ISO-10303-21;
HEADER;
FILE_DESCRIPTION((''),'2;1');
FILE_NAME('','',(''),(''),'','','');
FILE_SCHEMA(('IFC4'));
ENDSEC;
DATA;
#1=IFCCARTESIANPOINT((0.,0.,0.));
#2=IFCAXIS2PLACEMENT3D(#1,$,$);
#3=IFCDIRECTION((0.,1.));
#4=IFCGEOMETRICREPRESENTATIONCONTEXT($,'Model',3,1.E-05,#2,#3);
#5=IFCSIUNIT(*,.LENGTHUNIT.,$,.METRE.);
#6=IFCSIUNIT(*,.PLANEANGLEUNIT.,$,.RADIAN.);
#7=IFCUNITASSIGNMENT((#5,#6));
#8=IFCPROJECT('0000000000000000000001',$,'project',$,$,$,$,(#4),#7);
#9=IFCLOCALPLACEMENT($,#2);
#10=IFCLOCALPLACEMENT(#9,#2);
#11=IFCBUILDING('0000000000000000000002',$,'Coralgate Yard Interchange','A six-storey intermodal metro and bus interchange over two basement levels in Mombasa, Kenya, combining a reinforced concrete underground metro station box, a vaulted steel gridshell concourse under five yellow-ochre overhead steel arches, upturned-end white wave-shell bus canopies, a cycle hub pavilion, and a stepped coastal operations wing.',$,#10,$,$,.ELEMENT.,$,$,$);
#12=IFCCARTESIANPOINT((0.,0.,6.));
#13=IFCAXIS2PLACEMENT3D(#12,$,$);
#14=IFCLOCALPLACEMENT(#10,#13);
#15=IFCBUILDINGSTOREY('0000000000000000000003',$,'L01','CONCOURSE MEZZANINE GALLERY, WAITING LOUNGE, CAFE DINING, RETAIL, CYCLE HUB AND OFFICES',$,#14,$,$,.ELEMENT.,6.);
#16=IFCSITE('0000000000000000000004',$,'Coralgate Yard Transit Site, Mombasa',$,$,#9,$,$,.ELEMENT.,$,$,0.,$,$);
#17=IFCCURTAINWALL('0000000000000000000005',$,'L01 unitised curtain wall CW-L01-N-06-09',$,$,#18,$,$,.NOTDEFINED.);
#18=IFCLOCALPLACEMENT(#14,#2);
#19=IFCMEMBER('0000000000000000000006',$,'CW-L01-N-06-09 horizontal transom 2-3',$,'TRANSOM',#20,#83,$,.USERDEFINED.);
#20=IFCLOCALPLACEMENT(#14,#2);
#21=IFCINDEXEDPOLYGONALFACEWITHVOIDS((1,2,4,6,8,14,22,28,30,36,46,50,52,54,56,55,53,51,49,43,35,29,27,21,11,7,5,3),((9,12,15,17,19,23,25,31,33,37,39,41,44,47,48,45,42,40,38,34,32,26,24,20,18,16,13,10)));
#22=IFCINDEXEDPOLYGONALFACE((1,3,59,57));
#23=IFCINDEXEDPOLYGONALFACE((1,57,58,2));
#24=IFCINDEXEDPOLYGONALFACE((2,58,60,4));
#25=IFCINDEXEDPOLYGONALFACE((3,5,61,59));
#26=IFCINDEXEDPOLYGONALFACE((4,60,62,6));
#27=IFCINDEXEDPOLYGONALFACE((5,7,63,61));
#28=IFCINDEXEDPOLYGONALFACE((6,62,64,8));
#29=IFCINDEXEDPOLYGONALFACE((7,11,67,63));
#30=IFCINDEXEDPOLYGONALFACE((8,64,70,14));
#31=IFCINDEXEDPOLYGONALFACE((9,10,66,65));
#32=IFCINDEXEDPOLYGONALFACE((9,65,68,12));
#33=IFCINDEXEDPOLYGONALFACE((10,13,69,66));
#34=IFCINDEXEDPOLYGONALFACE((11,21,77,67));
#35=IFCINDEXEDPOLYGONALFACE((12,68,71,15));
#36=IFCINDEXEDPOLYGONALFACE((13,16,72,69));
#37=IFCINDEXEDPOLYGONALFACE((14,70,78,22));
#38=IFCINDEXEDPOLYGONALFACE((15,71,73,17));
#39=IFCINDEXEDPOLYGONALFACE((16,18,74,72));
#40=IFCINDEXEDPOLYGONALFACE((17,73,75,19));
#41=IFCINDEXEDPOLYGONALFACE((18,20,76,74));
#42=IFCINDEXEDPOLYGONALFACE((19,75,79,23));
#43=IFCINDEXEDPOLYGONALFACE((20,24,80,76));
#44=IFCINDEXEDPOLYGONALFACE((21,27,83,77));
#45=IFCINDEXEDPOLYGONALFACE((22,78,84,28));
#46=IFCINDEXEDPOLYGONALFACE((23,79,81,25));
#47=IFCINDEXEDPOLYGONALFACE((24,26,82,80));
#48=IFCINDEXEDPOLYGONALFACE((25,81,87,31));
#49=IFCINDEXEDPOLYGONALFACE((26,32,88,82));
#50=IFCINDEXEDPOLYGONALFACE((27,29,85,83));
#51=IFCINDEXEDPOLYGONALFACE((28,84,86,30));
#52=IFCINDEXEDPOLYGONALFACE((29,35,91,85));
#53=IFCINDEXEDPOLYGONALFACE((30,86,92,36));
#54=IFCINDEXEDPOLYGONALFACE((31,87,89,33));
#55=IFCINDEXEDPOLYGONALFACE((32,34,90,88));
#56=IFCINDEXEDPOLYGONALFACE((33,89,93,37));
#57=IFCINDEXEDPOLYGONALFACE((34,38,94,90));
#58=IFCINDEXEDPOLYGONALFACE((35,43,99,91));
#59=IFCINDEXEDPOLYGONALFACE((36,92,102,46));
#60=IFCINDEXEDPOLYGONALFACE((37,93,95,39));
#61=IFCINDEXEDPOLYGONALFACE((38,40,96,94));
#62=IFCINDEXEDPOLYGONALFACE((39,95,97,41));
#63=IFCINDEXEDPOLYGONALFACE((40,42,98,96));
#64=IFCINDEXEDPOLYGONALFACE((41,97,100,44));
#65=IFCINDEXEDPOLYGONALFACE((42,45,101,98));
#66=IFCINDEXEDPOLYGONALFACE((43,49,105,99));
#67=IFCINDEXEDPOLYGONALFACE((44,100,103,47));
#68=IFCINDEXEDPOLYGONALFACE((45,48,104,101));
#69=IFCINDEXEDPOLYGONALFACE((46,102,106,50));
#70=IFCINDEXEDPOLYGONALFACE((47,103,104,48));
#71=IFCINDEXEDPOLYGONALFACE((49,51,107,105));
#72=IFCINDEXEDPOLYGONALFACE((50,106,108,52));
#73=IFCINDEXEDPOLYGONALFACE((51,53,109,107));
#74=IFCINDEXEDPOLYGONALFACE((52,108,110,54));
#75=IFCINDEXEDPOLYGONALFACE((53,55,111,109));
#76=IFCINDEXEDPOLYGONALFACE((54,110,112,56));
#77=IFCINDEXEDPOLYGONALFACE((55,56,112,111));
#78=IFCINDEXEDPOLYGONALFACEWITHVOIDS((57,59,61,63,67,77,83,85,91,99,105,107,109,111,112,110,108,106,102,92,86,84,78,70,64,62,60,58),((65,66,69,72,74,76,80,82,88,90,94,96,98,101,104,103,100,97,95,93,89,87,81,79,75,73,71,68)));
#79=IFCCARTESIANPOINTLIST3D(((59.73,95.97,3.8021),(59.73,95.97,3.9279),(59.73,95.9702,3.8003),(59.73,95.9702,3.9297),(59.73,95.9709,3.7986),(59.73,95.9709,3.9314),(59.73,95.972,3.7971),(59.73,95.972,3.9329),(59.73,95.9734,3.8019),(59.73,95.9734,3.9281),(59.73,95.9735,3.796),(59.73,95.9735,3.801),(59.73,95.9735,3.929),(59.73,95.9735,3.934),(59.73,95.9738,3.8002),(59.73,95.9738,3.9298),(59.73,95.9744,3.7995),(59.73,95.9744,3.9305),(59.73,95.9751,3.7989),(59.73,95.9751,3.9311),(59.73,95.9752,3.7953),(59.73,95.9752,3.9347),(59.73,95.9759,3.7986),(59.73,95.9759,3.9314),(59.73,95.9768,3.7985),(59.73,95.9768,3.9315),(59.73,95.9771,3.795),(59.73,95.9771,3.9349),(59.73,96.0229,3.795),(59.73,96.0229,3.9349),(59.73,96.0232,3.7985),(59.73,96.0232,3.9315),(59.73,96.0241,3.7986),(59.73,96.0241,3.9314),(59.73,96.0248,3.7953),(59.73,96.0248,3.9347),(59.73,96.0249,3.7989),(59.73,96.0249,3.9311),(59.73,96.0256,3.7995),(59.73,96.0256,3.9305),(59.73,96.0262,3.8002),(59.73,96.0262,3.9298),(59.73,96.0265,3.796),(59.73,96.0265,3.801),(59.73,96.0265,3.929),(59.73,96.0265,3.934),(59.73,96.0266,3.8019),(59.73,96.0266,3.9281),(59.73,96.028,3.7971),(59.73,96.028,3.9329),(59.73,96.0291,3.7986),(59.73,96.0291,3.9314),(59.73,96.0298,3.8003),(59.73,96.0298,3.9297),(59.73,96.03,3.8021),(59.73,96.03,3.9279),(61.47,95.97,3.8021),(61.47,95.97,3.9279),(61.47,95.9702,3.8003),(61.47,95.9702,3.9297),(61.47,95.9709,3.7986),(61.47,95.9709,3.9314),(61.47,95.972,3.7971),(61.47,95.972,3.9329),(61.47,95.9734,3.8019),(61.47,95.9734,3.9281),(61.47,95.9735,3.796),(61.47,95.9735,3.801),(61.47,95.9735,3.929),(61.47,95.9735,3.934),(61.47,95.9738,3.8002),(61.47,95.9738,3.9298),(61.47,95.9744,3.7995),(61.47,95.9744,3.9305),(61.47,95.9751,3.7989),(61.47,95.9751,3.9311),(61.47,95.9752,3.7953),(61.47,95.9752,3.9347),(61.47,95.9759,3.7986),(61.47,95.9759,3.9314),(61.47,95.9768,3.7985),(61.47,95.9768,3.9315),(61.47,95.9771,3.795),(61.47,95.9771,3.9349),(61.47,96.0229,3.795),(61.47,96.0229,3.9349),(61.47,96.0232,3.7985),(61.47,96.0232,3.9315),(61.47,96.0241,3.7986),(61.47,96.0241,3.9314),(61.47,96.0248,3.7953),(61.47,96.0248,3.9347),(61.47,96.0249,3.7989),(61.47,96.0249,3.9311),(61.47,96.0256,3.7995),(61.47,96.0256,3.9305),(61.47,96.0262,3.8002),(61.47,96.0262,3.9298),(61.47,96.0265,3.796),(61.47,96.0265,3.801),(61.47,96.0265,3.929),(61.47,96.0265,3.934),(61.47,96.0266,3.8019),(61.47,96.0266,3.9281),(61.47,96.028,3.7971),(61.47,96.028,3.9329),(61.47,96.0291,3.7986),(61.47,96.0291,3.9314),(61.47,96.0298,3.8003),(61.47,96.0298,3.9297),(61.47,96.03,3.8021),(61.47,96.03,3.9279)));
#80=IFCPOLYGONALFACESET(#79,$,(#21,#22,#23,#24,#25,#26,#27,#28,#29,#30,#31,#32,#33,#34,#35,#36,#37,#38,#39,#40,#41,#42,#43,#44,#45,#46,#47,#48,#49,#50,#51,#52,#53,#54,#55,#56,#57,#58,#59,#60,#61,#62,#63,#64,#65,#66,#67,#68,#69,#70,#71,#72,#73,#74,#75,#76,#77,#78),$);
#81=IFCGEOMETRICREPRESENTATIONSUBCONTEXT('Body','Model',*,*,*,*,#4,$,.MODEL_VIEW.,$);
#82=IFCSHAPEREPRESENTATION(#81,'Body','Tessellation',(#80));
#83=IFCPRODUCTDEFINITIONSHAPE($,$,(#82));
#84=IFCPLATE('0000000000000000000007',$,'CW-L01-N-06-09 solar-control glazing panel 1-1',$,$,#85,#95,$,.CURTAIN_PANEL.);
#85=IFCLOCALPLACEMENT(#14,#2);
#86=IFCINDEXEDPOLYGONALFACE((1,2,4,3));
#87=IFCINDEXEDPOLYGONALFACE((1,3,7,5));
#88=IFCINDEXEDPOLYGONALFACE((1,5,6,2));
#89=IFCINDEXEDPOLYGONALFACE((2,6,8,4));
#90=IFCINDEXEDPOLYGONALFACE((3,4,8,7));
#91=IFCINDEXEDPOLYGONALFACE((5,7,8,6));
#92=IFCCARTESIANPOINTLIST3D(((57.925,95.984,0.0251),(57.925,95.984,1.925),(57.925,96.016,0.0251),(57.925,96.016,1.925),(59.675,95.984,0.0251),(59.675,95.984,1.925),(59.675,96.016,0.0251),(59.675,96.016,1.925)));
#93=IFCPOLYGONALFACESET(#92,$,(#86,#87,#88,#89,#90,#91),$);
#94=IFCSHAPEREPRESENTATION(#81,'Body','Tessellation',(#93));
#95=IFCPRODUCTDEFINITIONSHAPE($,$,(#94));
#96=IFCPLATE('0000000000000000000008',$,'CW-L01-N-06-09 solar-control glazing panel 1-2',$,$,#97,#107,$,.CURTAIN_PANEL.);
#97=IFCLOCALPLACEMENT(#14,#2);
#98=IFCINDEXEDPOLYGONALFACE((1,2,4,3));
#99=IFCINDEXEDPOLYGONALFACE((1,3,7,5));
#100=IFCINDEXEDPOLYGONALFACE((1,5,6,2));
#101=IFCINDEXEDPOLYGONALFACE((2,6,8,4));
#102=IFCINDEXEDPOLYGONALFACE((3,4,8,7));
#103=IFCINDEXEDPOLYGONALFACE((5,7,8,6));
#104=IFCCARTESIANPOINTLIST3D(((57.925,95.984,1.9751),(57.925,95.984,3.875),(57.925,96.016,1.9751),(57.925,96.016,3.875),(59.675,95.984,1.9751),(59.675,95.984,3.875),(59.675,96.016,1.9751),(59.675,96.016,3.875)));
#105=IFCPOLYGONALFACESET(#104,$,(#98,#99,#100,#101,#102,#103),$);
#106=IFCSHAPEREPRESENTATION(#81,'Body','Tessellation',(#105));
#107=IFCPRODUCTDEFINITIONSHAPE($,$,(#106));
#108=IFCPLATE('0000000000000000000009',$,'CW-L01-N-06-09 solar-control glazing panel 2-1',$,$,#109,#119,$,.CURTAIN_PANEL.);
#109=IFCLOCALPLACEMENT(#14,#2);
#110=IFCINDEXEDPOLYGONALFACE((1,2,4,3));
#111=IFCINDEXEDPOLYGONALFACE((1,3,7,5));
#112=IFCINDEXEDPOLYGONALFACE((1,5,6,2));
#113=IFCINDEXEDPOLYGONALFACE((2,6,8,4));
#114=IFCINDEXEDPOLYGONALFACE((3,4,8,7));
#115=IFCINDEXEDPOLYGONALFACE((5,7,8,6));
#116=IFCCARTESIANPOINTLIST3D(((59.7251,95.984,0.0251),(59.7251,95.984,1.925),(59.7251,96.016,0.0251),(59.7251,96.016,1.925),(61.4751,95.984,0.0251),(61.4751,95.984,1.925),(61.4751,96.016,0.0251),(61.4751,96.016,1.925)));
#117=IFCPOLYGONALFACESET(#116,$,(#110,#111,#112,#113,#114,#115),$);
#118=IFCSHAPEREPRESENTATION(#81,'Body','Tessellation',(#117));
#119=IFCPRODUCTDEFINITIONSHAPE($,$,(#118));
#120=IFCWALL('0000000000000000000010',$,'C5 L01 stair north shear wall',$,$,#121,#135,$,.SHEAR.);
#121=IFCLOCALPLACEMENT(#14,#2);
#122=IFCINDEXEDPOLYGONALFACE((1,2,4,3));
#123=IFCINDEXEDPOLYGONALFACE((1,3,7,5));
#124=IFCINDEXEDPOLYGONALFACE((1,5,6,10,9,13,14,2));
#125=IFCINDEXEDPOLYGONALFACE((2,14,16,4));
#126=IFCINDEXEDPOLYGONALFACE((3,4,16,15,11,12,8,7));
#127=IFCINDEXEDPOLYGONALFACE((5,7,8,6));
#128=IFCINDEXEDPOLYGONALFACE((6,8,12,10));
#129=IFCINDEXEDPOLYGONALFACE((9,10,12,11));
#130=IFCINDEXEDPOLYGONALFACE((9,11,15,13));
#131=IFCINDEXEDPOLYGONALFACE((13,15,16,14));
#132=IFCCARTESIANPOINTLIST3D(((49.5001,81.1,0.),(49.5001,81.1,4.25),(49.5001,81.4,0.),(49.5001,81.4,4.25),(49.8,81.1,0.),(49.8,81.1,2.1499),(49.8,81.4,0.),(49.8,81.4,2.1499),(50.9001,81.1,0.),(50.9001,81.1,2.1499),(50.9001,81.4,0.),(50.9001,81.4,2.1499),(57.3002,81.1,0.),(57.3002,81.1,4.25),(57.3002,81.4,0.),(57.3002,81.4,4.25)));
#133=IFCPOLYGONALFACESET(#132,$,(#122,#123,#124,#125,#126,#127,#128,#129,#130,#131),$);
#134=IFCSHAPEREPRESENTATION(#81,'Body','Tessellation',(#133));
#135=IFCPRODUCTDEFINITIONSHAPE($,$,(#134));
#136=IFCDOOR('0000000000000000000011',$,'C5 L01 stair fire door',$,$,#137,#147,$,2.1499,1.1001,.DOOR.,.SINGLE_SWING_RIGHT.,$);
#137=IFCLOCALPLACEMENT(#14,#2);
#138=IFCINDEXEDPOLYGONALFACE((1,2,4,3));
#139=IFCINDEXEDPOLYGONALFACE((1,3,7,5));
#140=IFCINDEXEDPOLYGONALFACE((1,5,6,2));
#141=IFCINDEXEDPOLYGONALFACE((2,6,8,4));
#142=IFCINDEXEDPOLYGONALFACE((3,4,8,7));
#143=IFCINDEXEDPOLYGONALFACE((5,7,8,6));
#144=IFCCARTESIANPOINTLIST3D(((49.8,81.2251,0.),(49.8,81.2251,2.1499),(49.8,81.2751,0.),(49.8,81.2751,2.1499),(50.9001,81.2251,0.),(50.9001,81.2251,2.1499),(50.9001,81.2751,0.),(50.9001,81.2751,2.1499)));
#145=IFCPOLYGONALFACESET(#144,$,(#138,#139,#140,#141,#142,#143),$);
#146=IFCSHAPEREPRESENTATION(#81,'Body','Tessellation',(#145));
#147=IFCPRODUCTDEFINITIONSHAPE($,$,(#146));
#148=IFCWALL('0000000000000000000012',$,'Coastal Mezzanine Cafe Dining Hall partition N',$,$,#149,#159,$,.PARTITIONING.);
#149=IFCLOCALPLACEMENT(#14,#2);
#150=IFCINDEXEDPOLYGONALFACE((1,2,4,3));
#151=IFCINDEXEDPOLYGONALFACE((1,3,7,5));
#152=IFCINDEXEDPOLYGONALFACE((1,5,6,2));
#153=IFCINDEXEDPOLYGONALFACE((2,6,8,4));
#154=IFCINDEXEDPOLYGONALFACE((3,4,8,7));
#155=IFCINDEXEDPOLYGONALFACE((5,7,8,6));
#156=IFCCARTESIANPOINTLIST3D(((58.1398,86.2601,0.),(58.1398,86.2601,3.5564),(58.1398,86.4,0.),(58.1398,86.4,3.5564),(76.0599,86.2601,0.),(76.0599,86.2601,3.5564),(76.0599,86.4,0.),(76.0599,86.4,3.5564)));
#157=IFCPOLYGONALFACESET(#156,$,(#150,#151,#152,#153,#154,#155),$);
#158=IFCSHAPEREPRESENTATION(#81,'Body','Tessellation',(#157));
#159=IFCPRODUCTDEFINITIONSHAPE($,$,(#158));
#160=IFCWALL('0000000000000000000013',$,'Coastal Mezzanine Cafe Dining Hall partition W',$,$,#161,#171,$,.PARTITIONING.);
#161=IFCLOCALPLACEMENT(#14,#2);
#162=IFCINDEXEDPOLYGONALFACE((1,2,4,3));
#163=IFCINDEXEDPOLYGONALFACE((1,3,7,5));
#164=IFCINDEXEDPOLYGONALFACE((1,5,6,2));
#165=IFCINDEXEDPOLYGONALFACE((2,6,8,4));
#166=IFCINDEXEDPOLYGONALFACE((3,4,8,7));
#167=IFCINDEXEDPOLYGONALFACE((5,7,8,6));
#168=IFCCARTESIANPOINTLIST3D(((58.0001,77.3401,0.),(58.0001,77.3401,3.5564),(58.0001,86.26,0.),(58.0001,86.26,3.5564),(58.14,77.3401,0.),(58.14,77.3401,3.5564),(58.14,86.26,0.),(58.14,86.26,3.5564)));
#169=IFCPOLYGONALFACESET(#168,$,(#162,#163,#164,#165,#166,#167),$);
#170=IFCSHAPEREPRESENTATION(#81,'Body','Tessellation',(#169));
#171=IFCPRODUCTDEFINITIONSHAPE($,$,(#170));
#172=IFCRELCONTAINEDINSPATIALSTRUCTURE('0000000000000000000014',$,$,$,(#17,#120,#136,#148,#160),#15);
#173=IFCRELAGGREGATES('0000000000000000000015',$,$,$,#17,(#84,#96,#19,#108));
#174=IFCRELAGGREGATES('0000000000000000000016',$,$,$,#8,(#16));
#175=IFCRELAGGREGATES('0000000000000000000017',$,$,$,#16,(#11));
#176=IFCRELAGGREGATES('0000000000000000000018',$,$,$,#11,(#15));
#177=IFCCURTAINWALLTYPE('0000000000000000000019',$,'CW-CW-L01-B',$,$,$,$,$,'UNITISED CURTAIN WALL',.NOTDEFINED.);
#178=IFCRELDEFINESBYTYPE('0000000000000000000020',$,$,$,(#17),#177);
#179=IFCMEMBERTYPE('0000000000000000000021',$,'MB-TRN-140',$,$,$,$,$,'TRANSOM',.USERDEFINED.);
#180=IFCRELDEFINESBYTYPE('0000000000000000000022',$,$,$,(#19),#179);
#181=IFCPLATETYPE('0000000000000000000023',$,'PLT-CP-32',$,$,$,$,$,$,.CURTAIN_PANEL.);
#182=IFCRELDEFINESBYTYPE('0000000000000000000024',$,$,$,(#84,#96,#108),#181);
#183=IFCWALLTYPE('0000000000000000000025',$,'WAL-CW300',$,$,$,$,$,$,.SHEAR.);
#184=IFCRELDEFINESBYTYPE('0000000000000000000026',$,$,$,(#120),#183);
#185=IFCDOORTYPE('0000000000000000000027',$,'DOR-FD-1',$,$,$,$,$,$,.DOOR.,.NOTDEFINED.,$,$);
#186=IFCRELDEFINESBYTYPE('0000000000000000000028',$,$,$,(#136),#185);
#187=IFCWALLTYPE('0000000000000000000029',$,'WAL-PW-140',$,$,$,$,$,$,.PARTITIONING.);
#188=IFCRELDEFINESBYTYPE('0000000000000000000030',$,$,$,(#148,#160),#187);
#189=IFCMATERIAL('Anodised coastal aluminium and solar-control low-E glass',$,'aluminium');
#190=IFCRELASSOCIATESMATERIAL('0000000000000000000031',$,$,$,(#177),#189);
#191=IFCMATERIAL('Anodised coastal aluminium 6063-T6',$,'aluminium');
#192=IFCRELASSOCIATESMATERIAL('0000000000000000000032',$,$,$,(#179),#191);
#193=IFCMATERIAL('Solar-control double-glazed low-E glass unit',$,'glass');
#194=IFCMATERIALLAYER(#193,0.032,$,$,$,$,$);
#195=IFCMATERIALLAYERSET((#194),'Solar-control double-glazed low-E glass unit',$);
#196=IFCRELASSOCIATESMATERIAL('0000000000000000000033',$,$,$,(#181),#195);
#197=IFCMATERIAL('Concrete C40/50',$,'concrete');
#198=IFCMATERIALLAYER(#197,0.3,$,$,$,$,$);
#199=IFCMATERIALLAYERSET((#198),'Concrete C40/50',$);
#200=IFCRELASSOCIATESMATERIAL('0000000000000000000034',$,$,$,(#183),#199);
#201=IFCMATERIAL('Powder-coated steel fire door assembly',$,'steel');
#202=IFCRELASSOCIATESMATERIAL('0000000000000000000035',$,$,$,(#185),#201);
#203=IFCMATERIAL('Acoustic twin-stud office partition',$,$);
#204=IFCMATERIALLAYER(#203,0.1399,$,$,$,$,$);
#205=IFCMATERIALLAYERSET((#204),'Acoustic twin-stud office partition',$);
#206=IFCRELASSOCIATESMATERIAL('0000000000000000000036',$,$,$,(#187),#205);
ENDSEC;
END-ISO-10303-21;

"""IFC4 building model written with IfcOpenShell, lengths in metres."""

from ifc_helpers import new_model, si_unit, direction, frame, frame_2d, origin, origin_2d, place, context, subcontext, project, spatial, rectangle, hollow_rectangle, extrude, material, layer, layer_set, material_profile, profile_set, type_object, element, fill, aggregate, save


model = new_model("IFC4")

# Units and contexts
model_context = context("Model", 3, precision=1e-05, world=origin(), true_north=direction((0.0, 1.0)))
body_context = subcontext(model_context, "Body", "Model", "MODEL_VIEW")
ifc_project = project(units=[si_unit("LENGTHUNIT", "METRE"), si_unit("PLANEANGLEUNIT", "RADIAN")], contexts=[model_context])

# Site, building, storey
site_placement = place(None, origin())
site = spatial("IfcSite", under=ifc_project, at=site_placement, Name="Coralgate Yard Transit Site, Mombasa", CompositionType="ELEMENT", RefElevation=0.0)
building_placement = place(site_placement, origin())
building = spatial("IfcBuilding", under=site, at=building_placement, Name="Coralgate Yard Interchange", Description="A six-storey intermodal metro and bus interchange over two basement levels in Mombasa, Kenya, combining a reinforced concrete underground metro station box, a vaulted steel gridshell concourse under five yellow-ochre overhead steel arches, upturned-end white wave-shell bus canopies, a cycle hub pavilion, and a stepped coastal operations wing.", CompositionType="ELEMENT")
storey_placement = place(building_placement, frame((0.0, 0.0, 6.0)))
storey = spatial("IfcBuildingStorey", under=building, at=storey_placement, Name="L01", Description="CONCOURSE MEZZANINE GALLERY, WAITING LOUNGE, CAFE DINING, RETAIL, CYCLE HUB AND OFFICES", CompositionType="ELEMENT", Elevation=6.0)

# Shared definitions
ifc_material_1 = material(Name="Anodised coastal aluminium and solar-control low-E glass", Category="aluminium")
curtain_wall_type = type_object("IfcCurtainWallType", Name="CW-CW-L01-B", ElementType="UNITISED CURTAIN WALL", PredefinedType="NOTDEFINED", material=ifc_material_1)
ifc_material_2 = material(Name="Anodised coastal aluminium 6063-T6", Category="aluminium")

# Curtain wall, member, plates
curtain_wall_1_placement = place(storey_placement, origin())
curtain_wall_1 = element("IfcCurtainWall", 1, at=curtain_wall_1_placement, inside=storey, type_object=curtain_wall_type, Name="L01 unitised curtain wall CW-L01-N-06-09", PredefinedType="NOTDEFINED")
ifc_material_profile_1 = material_profile(ifc_material_2, hollow_rectangle(XDim=0.0601, YDim=0.1399, WallThickness=0.0034, InnerFilletRadius=0.0034, OuterFilletRadius=0.0071, at=origin_2d()), Name="ALU 60x140x3.5")
ifc_profile_set_1 = profile_set([ifc_material_profile_1], Name="Anodised coastal aluminium 6063-T6")
member_type_1 = type_object("IfcMemberType", Name="MB-TRN-140", ElementType="TRANSOM", PredefinedType="USERDEFINED", material=ifc_profile_set_1)
member_1_placement = place(storey_placement, frame((59.73, 96.0, 3.865), z_axis=(1.0, 0.0, 0.0), x_axis=(0.0, 1.0, 0.0)))
member_1 = element("IfcMember", 2, at=member_1_placement, type_object=member_type_1, Name="CW-L01-N-06-09 horizontal transom 2-3", ObjectType="TRANSOM", PredefinedType="USERDEFINED", context=body_context, shape_type="SweptSolid", body=[
    extrude(hollow_rectangle(XDim=0.0601, YDim=0.1399, WallThickness=0.0034, InnerFilletRadius=0.0034, OuterFilletRadius=0.0071, at=origin_2d()), origin(), (0.0, 0.0, 1.0), 1.74),
])
ifc_material_3 = material(Name="Solar-control double-glazed low-E glass unit", Category="glass")
ifc_layer_1 = layer(ifc_material_3, 0.032)
ifc_layer_set_1 = layer_set([ifc_layer_1], Name="Solar-control double-glazed low-E glass unit")
plate_type = type_object("IfcPlateType", Name="PLT-CP-32", PredefinedType="CURTAIN_PANEL", material=ifc_layer_set_1)
plate_1_placement = place(storey_placement, frame((58.8, 96.0, 0.0251), z_axis=(0.0, 0.0, 1.0), x_axis=(1.0, 0.0, 0.0)))
plate_1 = element("IfcPlate", 3, at=plate_1_placement, type_object=plate_type, Name="CW-L01-N-06-09 solar-control glazing panel 1-1", PredefinedType="CURTAIN_PANEL", context=body_context, shape_type="SweptSolid", body=[
    extrude(rectangle(XDim=1.75, YDim=0.032, at=origin_2d()), origin(), (0.0, 0.0, 1.0), 1.8999),
])
plate_2_placement = place(storey_placement, frame((58.8, 96.0, 1.9751), z_axis=(0.0, 0.0, 1.0), x_axis=(1.0, 0.0, 0.0)))
plate_2 = element("IfcPlate", 4, at=plate_2_placement, type_object=plate_type, Name="CW-L01-N-06-09 solar-control glazing panel 1-2", PredefinedType="CURTAIN_PANEL", context=body_context, shape_type="SweptSolid", body=[
    extrude(rectangle(XDim=1.75, YDim=0.032, at=origin_2d()), origin(), (0.0, 0.0, 1.0), 1.8999),
])
plate_3_placement = place(storey_placement, frame((60.6001, 96.0, 0.0251), z_axis=(0.0, 0.0, 1.0), x_axis=(1.0, 0.0, 0.0)))
plate_3 = element("IfcPlate", 5, at=plate_3_placement, type_object=plate_type, Name="CW-L01-N-06-09 solar-control glazing panel 2-1", PredefinedType="CURTAIN_PANEL", context=body_context, shape_type="SweptSolid", body=[
    extrude(rectangle(XDim=1.75, YDim=0.032, at=origin_2d()), origin(), (0.0, 0.0, 1.0), 1.8999),
])
aggregate(curtain_wall_1, [plate_1, plate_2, member_1, plate_3])

# Wall, opening, door
ifc_material_4 = material(Name="Concrete C40/50", Category="concrete")
ifc_layer_2 = layer(ifc_material_4, 0.3)
ifc_layer_set_2 = layer_set([ifc_layer_2], Name="Concrete C40/50")
wall_type_1 = type_object("IfcWallType", Name="WAL-CW300", PredefinedType="SHEAR", material=ifc_layer_set_2)
wall_1_placement = place(storey_placement, frame((57.3, 81.25, 0.0), z_axis=(0.0, 0.0, 1.0), x_axis=(-1.0, 0.0, 0.0)))
wall_1 = element("IfcWall", 6, at=wall_1_placement, inside=storey, type_object=wall_type_1, Name="C5 L01 stair north shear wall", PredefinedType="SHEAR", context=body_context, shape_type="SweptSolid", body=[
    extrude(rectangle(XDim=7.8, YDim=0.3, at=frame_2d((3.8999, 0.0))), origin(), (0.0, 0.0, 1.0), 4.25),
])
opening_placement = place(wall_1_placement, frame((6.3999, 0.0, 0.0)))
opening = element("IfcOpeningElement", 7, at=opening_placement, cuts=wall_1, PredefinedType="OPENING", context=body_context, shape_type="SweptSolid", body=[
    extrude(rectangle(XDim=1.1001, YDim=2.1499, at=frame_2d((0.55, 1.075))), frame((0.0, 0.1599, 0.0), z_axis=(0.0, -1.0, 0.0), x_axis=(1.0, 0.0, 0.0)), (0.0, 0.0, 1.0), 0.3201),
])
ifc_material_5 = material(Name="Powder-coated steel fire door assembly", Category="steel")
door_type = type_object("IfcDoorType", Name="DOR-FD-1", OperationType="NOTDEFINED", PredefinedType="DOOR", material=ifc_material_5)
door_placement = place(opening_placement, origin())
door = element("IfcDoor", 8, at=door_placement, inside=storey, type_object=door_type, Name="C5 L01 stair fire door", OperationType="SINGLE_SWING_RIGHT", OverallHeight=2.1499, OverallWidth=1.1001, PredefinedType="DOOR", context=body_context, shape_type="SweptSolid", body=[
    extrude(rectangle(XDim=1.1001, YDim=2.1499, at=frame_2d((0.55, 1.075))), frame((0.0, 0.0249, 0.0), z_axis=(0.0, -1.0, 0.0), x_axis=(1.0, 0.0, 0.0)), (0.0, 0.0, 1.0), 0.05),
])
fill(opening, door)

# Walls
ifc_material_6 = material(Name="Acoustic twin-stud office partition")
ifc_layer_3 = layer(ifc_material_6, 0.1399)
ifc_layer_set_3 = layer_set([ifc_layer_3], Name="Acoustic twin-stud office partition")
wall_type_2 = type_object("IfcWallType", Name="WAL-PW-140", PredefinedType="PARTITIONING", material=ifc_layer_set_3)
wall_2_placement = place(storey_placement, frame((58.1399, 86.3301, 0.0), z_axis=(0.0, 0.0, 1.0), x_axis=(1.0, 0.0, 0.0)))
element("IfcWall", 9, at=wall_2_placement, inside=storey, type_object=wall_type_2, Name="Coastal Mezzanine Cafe Dining Hall partition N", PredefinedType="PARTITIONING", context=body_context, shape_type="SweptSolid", body=[
    extrude(rectangle(XDim=17.9202, YDim=0.1399, at=frame_2d((8.96, 0.0))), origin(), (0.0, 0.0, 1.0), 3.5564),
])
wall_3_placement = place(storey_placement, frame((58.0701, 77.3401, 0.0), z_axis=(0.0, 0.0, 1.0), x_axis=(0.0, 1.0, 0.0)))
element("IfcWall", 10, at=wall_3_placement, inside=storey, type_object=wall_type_2, Name="Coastal Mezzanine Cafe Dining Hall partition W", PredefinedType="PARTITIONING", context=body_context, shape_type="SweptSolid", body=[
    extrude(rectangle(XDim=8.9199, YDim=0.1399, at=frame_2d((4.46, 0.0))), origin(), (0.0, 0.0, 1.0), 3.5564),
])

save(model, "model.ifc")
